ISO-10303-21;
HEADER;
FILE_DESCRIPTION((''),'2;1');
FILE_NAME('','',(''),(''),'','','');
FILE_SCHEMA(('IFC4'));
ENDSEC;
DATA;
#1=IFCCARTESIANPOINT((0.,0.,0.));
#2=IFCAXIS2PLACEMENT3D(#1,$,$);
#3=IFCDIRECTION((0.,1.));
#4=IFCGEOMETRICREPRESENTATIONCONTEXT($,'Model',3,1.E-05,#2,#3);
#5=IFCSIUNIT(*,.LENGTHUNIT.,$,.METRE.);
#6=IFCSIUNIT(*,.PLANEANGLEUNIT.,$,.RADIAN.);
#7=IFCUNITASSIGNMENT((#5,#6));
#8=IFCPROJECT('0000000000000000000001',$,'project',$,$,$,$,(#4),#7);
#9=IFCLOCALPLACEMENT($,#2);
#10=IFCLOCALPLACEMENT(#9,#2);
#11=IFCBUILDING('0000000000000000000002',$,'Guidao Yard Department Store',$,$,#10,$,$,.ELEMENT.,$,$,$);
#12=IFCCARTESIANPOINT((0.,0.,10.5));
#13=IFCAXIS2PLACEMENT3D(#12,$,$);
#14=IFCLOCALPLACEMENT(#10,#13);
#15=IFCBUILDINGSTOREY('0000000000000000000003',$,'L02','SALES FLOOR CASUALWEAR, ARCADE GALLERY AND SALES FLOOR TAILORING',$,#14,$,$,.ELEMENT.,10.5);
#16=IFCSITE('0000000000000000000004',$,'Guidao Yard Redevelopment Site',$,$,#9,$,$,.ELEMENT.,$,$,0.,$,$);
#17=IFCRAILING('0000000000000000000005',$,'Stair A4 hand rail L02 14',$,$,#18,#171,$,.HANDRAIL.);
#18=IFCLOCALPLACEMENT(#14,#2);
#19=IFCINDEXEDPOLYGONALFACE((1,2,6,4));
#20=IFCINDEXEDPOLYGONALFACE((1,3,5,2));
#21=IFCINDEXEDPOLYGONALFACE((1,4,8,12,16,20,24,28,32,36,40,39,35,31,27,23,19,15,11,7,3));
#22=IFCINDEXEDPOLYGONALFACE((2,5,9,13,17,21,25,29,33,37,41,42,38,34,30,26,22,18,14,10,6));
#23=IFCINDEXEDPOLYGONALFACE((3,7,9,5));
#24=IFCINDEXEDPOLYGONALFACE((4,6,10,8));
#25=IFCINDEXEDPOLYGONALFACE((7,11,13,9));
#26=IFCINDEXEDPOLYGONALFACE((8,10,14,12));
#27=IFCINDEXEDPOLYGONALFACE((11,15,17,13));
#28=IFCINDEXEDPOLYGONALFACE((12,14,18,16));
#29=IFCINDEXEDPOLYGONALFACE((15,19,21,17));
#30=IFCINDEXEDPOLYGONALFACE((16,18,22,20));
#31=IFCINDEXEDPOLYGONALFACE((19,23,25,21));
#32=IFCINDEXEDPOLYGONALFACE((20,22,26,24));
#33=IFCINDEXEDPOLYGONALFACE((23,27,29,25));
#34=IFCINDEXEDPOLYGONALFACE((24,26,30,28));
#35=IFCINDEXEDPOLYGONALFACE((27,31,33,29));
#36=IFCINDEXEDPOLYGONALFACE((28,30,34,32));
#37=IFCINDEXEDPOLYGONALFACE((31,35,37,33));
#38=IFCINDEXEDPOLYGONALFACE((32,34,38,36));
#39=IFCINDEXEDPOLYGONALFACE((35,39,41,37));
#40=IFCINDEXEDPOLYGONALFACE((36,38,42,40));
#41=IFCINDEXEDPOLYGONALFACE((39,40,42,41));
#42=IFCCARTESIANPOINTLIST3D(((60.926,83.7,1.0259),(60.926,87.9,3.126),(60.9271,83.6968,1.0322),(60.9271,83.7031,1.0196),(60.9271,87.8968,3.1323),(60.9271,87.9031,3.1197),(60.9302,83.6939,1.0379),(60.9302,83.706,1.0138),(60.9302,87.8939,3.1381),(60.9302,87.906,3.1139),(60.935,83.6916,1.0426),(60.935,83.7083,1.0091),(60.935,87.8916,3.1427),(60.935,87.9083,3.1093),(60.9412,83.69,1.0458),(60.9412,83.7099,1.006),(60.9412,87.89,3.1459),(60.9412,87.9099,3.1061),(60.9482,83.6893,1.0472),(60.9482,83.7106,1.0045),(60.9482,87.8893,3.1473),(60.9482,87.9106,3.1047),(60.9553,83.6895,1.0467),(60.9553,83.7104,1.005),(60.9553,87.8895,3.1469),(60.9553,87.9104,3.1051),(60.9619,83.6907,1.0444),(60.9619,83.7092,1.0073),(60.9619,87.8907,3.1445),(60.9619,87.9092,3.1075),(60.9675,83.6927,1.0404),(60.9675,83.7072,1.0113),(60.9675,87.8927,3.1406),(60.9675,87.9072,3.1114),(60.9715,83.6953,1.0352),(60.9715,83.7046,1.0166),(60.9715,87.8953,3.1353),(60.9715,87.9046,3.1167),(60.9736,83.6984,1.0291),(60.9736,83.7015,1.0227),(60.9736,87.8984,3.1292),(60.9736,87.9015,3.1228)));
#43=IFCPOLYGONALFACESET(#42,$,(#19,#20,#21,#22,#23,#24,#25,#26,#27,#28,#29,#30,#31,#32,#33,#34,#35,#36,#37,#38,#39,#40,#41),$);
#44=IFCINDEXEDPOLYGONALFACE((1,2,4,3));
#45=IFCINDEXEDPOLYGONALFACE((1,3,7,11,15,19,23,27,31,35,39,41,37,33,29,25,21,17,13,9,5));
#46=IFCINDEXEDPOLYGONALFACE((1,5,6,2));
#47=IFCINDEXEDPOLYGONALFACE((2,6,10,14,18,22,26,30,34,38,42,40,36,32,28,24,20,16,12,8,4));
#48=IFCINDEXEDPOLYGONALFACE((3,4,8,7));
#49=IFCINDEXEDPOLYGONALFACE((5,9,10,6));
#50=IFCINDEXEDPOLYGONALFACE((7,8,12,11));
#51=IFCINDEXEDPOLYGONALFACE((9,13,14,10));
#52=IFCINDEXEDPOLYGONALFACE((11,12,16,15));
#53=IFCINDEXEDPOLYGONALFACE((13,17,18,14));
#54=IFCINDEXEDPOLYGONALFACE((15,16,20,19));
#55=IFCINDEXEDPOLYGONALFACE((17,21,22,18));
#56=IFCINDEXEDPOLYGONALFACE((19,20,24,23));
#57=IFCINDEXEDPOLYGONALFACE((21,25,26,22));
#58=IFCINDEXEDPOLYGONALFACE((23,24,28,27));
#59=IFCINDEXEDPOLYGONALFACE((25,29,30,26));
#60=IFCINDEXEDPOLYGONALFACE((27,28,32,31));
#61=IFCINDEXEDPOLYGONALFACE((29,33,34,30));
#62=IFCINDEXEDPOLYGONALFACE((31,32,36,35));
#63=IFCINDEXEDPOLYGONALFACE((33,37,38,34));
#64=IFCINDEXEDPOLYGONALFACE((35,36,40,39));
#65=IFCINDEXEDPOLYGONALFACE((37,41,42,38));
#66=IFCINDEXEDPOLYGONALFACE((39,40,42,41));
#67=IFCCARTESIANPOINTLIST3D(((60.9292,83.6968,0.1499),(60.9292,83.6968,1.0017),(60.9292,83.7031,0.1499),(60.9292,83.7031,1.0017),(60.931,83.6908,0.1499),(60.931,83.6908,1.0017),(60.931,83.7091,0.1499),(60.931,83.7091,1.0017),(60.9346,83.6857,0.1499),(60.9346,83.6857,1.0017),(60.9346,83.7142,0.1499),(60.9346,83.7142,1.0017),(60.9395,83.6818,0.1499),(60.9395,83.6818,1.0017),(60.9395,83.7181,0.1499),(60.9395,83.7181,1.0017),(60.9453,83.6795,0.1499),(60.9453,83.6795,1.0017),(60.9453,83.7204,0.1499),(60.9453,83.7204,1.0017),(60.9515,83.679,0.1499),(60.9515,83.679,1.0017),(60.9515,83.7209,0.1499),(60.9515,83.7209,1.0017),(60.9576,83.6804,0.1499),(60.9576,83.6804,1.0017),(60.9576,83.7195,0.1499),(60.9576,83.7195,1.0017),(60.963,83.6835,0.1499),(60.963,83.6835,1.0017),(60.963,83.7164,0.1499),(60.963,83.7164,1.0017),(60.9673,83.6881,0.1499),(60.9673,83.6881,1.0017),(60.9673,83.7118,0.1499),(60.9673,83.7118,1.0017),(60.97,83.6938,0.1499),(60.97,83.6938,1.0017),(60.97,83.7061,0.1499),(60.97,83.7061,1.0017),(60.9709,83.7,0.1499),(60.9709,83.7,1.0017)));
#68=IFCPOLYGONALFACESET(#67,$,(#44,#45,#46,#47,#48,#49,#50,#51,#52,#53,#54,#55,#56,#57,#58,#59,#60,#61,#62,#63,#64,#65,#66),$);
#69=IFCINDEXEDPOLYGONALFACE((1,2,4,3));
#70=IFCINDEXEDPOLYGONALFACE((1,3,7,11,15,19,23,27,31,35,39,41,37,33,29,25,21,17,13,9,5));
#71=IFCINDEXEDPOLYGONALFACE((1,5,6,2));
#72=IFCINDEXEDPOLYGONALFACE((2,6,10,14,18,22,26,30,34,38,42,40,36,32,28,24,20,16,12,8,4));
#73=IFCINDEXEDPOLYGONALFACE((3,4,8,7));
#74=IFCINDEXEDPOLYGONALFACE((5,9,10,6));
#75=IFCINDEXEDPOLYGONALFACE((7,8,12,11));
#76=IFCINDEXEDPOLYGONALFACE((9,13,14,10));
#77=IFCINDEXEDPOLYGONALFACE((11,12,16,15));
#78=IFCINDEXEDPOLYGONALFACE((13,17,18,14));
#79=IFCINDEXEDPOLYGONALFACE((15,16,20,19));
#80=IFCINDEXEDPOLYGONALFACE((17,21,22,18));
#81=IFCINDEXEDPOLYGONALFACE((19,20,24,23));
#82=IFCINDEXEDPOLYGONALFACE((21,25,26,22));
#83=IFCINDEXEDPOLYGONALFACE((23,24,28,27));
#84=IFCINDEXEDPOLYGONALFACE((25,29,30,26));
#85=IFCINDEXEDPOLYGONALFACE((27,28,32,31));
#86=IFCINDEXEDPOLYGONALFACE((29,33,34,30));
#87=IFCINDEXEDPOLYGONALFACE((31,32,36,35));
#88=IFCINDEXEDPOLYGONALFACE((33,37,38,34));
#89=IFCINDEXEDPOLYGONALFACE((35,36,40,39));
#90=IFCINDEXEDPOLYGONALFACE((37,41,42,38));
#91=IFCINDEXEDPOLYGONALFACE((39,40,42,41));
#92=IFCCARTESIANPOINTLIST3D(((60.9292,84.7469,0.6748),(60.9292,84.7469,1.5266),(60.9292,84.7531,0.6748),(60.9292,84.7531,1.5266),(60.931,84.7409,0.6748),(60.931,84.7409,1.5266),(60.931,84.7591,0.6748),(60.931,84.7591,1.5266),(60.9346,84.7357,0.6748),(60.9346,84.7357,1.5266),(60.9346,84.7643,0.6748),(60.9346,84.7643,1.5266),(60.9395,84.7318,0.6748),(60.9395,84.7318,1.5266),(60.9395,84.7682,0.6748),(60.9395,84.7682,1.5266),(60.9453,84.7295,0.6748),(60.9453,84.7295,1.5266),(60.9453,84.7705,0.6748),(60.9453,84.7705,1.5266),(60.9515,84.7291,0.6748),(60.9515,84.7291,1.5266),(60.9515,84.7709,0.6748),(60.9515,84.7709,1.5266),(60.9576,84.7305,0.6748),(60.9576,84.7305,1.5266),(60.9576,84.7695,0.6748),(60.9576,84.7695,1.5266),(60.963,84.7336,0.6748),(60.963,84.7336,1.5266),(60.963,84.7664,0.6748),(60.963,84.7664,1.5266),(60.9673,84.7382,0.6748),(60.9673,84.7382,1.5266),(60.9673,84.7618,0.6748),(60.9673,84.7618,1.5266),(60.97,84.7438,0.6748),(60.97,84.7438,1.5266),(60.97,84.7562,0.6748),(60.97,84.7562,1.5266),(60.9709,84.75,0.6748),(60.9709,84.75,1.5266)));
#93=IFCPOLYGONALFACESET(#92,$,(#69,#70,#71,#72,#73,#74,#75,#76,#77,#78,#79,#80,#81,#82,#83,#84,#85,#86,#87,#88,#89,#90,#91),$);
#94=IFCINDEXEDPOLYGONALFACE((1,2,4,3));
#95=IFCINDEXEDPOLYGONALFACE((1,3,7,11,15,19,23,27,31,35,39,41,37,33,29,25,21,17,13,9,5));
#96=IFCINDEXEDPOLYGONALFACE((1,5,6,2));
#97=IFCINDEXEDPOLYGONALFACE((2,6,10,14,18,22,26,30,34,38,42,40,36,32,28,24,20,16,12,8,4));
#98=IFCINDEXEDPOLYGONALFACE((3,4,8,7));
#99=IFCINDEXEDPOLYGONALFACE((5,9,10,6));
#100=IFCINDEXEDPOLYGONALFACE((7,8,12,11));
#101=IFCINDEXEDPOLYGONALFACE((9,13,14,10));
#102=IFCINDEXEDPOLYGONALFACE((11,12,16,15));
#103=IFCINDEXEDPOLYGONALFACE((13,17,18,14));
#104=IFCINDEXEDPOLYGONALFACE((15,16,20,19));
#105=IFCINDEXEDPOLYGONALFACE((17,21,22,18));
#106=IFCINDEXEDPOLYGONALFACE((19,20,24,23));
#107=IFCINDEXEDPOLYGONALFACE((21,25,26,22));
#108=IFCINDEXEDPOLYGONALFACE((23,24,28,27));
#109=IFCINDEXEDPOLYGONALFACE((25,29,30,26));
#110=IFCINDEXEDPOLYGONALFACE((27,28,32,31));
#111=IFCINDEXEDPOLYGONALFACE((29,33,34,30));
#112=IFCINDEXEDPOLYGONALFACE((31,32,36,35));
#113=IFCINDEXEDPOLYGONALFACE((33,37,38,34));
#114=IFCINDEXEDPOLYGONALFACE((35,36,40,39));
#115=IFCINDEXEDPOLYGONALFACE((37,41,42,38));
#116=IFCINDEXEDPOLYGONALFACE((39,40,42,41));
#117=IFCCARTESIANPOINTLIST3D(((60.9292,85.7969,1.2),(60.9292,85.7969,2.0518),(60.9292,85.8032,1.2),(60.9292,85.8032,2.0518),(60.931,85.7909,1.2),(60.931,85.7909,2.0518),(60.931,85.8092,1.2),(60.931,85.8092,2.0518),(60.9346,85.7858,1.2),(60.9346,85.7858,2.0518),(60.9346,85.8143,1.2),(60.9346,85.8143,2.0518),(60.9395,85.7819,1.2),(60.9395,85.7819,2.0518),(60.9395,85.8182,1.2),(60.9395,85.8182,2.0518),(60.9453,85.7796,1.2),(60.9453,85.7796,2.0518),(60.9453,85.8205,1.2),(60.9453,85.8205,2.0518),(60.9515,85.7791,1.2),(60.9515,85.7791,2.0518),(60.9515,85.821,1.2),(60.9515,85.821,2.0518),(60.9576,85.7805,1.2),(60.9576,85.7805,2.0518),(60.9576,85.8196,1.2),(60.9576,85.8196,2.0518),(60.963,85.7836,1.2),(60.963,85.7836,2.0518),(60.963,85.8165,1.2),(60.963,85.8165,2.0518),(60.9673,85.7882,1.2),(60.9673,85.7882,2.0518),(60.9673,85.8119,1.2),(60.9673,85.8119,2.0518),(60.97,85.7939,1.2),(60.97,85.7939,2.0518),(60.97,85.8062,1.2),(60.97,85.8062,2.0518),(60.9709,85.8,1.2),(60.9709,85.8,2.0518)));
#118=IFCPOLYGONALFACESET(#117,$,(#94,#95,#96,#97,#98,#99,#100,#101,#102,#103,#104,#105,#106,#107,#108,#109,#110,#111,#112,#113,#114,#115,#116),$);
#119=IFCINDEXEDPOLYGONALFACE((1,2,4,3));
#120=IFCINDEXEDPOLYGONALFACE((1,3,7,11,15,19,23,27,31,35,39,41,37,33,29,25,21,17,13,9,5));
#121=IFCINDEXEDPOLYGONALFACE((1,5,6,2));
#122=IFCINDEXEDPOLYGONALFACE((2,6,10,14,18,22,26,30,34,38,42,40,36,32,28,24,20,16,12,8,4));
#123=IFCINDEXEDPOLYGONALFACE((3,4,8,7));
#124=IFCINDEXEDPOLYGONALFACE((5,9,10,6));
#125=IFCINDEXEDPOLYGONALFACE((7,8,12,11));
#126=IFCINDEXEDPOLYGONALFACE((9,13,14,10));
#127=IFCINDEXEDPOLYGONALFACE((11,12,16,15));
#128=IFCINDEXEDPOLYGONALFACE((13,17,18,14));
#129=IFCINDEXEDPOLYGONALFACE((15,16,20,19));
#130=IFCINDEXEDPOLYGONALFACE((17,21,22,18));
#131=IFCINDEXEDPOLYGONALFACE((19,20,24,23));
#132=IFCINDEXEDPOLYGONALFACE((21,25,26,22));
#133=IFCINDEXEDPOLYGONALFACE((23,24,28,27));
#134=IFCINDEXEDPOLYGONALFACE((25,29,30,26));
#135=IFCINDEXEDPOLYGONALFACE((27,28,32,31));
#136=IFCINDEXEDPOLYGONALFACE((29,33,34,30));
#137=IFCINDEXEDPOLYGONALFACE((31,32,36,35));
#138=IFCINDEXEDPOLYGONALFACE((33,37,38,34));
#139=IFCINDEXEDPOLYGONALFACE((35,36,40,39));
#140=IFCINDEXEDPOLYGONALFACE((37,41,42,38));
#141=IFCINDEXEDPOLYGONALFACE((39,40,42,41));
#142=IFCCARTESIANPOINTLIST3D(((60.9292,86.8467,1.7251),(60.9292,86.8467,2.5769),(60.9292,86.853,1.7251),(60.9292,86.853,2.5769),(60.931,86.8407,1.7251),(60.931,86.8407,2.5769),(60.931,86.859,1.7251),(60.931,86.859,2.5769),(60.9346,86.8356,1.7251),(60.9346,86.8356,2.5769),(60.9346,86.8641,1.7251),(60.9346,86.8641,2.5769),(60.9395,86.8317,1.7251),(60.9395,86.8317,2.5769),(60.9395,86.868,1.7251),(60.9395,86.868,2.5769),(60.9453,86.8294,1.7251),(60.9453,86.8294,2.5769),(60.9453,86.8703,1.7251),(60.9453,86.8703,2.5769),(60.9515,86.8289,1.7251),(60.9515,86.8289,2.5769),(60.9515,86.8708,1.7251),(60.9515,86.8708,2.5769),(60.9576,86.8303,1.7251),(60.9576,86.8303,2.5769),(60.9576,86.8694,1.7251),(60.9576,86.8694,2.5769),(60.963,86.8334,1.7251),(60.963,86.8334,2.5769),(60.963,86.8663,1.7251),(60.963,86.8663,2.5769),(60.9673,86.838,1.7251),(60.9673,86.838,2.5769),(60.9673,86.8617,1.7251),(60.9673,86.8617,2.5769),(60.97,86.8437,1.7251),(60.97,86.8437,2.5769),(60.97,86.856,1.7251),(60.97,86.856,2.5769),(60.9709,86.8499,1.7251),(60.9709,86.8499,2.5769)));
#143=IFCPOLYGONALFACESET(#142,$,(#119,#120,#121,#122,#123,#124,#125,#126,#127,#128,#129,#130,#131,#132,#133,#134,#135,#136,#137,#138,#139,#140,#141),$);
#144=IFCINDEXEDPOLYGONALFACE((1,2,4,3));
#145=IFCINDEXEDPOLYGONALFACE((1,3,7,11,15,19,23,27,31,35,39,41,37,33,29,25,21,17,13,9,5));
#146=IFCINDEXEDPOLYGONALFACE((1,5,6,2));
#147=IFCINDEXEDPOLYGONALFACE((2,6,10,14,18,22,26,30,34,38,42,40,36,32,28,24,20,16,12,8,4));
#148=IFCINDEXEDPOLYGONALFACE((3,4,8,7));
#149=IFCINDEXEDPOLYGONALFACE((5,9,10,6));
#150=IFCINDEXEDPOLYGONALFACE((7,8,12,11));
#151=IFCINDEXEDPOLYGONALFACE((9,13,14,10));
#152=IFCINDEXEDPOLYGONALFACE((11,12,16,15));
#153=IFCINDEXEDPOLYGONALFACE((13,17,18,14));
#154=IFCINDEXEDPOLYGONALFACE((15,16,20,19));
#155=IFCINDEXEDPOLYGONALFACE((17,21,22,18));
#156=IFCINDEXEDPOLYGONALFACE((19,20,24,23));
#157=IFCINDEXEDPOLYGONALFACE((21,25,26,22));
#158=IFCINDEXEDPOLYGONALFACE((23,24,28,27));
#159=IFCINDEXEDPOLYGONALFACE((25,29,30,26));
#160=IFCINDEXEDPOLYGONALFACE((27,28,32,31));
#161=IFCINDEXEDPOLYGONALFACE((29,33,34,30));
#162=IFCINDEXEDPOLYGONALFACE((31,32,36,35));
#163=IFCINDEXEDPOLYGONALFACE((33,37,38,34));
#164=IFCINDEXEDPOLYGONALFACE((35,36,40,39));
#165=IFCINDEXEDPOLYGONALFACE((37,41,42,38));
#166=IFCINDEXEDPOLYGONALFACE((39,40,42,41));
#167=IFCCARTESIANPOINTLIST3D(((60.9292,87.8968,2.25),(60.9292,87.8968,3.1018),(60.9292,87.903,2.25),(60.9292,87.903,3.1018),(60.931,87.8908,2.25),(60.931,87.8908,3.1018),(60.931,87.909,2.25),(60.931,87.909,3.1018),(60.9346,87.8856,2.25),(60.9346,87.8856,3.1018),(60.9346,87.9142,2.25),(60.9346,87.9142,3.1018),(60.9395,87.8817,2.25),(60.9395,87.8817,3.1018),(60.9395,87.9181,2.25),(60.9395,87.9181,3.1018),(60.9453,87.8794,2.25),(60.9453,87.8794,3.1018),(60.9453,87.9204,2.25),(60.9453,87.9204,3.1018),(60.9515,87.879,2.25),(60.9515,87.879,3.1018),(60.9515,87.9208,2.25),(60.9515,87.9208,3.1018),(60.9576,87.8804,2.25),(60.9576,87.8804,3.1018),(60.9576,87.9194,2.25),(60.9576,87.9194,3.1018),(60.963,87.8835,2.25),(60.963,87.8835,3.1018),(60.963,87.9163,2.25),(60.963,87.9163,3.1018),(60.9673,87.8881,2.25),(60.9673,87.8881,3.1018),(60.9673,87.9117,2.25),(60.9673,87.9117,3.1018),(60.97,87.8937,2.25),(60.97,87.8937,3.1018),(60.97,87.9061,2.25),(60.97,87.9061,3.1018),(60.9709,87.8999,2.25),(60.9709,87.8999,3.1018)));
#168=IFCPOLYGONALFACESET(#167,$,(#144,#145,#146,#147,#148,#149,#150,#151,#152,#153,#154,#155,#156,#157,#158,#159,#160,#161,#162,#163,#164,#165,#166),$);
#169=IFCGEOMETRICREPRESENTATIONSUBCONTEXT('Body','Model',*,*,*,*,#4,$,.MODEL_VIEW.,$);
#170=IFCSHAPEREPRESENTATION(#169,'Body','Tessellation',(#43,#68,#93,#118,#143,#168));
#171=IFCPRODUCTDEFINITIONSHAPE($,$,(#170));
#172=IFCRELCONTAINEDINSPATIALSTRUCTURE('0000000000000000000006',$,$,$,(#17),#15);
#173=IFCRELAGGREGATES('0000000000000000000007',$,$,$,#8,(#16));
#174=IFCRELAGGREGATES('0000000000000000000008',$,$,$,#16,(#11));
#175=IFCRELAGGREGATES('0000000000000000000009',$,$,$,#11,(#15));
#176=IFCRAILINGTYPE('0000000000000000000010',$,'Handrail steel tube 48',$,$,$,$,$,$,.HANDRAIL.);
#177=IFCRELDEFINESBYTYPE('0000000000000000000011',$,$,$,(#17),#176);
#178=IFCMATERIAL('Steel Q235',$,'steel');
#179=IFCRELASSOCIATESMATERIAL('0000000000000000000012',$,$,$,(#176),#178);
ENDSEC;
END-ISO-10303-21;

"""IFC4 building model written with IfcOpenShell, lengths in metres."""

from ifc_helpers import new_model, si_unit, direction, frame, origin, origin_2d, place, context, subcontext, project, spatial, circle, extrude, material, type_object, element, save


model = new_model("IFC4")

# Units and contexts
model_context = context("Model", 3, precision=1e-05, world=origin(), true_north=direction((0.0, 1.0)))
body_context = subcontext(model_context, "Body", "Model", "MODEL_VIEW")
ifc_project = project(units=[si_unit("LENGTHUNIT", "METRE"), si_unit("PLANEANGLEUNIT", "RADIAN")], contexts=[model_context])

# Site, building, storey
site_placement = place(None, origin())
site = spatial("IfcSite", under=ifc_project, at=site_placement, Name="Guidao Yard Redevelopment Site", CompositionType="ELEMENT", RefElevation=0.0)
building_placement = place(site_placement, origin())
building = spatial("IfcBuilding", under=site, at=building_placement, Name="Guidao Yard Department Store", CompositionType="ELEMENT")
storey_placement = place(building_placement, frame((0.0, 0.0, 10.5)))
storey = spatial("IfcBuildingStorey", under=building, at=storey_placement, Name="L02", Description="SALES FLOOR CASUALWEAR, ARCADE GALLERY AND SALES FLOOR TAILORING", CompositionType="ELEMENT", Elevation=10.5)

# Railing
ifc_material_1 = material(Name="Steel Q235", Category="steel")
railing_type = type_object("IfcRailingType", Name="Handrail steel tube 48", PredefinedType="HANDRAIL", material=ifc_material_1)
for number, where, name in (
    (1, (60.95, 83.7, 0.1499), "Stair A4 hand rail L02 14"),
):
    element("IfcRailing", number, at=place(storey_placement, frame(where)), inside=storey, type_object=railing_type, Name=name, PredefinedType="HANDRAIL", context=body_context, shape_type="SweptSolid", body=[
        extrude(circle(Radius=0.0239, at=origin_2d()), frame((0.0, 0.0, 0.876), z_axis=(0.0, 0.894417, 0.447234), x_axis=(-1.0, 0.0, 0.0)), (0.0, 0.0, 1.0), 4.6958),
        extrude(circle(Radius=0.021, at=origin_2d()), origin(), (0.0, 0.0, 1.0), 0.8518),
        extrude(circle(Radius=0.021, at=origin_2d()), frame((0.0, 1.05, 0.5249)), (0.0, 0.0, 1.0), 0.8518),
        extrude(circle(Radius=0.021, at=origin_2d()), frame((0.0, 2.1001, 1.05)), (0.0, 0.0, 1.0), 0.8518),
        extrude(circle(Radius=0.021, at=origin_2d()), frame((0.0, 3.1499, 1.5752)), (0.0, 0.0, 1.0), 0.8518),
        extrude(circle(Radius=0.021, at=origin_2d()), frame((0.0, 4.2, 2.1001)), (0.0, 0.0, 1.0), 0.8518),
    ])

save(model, "model.ifc")
